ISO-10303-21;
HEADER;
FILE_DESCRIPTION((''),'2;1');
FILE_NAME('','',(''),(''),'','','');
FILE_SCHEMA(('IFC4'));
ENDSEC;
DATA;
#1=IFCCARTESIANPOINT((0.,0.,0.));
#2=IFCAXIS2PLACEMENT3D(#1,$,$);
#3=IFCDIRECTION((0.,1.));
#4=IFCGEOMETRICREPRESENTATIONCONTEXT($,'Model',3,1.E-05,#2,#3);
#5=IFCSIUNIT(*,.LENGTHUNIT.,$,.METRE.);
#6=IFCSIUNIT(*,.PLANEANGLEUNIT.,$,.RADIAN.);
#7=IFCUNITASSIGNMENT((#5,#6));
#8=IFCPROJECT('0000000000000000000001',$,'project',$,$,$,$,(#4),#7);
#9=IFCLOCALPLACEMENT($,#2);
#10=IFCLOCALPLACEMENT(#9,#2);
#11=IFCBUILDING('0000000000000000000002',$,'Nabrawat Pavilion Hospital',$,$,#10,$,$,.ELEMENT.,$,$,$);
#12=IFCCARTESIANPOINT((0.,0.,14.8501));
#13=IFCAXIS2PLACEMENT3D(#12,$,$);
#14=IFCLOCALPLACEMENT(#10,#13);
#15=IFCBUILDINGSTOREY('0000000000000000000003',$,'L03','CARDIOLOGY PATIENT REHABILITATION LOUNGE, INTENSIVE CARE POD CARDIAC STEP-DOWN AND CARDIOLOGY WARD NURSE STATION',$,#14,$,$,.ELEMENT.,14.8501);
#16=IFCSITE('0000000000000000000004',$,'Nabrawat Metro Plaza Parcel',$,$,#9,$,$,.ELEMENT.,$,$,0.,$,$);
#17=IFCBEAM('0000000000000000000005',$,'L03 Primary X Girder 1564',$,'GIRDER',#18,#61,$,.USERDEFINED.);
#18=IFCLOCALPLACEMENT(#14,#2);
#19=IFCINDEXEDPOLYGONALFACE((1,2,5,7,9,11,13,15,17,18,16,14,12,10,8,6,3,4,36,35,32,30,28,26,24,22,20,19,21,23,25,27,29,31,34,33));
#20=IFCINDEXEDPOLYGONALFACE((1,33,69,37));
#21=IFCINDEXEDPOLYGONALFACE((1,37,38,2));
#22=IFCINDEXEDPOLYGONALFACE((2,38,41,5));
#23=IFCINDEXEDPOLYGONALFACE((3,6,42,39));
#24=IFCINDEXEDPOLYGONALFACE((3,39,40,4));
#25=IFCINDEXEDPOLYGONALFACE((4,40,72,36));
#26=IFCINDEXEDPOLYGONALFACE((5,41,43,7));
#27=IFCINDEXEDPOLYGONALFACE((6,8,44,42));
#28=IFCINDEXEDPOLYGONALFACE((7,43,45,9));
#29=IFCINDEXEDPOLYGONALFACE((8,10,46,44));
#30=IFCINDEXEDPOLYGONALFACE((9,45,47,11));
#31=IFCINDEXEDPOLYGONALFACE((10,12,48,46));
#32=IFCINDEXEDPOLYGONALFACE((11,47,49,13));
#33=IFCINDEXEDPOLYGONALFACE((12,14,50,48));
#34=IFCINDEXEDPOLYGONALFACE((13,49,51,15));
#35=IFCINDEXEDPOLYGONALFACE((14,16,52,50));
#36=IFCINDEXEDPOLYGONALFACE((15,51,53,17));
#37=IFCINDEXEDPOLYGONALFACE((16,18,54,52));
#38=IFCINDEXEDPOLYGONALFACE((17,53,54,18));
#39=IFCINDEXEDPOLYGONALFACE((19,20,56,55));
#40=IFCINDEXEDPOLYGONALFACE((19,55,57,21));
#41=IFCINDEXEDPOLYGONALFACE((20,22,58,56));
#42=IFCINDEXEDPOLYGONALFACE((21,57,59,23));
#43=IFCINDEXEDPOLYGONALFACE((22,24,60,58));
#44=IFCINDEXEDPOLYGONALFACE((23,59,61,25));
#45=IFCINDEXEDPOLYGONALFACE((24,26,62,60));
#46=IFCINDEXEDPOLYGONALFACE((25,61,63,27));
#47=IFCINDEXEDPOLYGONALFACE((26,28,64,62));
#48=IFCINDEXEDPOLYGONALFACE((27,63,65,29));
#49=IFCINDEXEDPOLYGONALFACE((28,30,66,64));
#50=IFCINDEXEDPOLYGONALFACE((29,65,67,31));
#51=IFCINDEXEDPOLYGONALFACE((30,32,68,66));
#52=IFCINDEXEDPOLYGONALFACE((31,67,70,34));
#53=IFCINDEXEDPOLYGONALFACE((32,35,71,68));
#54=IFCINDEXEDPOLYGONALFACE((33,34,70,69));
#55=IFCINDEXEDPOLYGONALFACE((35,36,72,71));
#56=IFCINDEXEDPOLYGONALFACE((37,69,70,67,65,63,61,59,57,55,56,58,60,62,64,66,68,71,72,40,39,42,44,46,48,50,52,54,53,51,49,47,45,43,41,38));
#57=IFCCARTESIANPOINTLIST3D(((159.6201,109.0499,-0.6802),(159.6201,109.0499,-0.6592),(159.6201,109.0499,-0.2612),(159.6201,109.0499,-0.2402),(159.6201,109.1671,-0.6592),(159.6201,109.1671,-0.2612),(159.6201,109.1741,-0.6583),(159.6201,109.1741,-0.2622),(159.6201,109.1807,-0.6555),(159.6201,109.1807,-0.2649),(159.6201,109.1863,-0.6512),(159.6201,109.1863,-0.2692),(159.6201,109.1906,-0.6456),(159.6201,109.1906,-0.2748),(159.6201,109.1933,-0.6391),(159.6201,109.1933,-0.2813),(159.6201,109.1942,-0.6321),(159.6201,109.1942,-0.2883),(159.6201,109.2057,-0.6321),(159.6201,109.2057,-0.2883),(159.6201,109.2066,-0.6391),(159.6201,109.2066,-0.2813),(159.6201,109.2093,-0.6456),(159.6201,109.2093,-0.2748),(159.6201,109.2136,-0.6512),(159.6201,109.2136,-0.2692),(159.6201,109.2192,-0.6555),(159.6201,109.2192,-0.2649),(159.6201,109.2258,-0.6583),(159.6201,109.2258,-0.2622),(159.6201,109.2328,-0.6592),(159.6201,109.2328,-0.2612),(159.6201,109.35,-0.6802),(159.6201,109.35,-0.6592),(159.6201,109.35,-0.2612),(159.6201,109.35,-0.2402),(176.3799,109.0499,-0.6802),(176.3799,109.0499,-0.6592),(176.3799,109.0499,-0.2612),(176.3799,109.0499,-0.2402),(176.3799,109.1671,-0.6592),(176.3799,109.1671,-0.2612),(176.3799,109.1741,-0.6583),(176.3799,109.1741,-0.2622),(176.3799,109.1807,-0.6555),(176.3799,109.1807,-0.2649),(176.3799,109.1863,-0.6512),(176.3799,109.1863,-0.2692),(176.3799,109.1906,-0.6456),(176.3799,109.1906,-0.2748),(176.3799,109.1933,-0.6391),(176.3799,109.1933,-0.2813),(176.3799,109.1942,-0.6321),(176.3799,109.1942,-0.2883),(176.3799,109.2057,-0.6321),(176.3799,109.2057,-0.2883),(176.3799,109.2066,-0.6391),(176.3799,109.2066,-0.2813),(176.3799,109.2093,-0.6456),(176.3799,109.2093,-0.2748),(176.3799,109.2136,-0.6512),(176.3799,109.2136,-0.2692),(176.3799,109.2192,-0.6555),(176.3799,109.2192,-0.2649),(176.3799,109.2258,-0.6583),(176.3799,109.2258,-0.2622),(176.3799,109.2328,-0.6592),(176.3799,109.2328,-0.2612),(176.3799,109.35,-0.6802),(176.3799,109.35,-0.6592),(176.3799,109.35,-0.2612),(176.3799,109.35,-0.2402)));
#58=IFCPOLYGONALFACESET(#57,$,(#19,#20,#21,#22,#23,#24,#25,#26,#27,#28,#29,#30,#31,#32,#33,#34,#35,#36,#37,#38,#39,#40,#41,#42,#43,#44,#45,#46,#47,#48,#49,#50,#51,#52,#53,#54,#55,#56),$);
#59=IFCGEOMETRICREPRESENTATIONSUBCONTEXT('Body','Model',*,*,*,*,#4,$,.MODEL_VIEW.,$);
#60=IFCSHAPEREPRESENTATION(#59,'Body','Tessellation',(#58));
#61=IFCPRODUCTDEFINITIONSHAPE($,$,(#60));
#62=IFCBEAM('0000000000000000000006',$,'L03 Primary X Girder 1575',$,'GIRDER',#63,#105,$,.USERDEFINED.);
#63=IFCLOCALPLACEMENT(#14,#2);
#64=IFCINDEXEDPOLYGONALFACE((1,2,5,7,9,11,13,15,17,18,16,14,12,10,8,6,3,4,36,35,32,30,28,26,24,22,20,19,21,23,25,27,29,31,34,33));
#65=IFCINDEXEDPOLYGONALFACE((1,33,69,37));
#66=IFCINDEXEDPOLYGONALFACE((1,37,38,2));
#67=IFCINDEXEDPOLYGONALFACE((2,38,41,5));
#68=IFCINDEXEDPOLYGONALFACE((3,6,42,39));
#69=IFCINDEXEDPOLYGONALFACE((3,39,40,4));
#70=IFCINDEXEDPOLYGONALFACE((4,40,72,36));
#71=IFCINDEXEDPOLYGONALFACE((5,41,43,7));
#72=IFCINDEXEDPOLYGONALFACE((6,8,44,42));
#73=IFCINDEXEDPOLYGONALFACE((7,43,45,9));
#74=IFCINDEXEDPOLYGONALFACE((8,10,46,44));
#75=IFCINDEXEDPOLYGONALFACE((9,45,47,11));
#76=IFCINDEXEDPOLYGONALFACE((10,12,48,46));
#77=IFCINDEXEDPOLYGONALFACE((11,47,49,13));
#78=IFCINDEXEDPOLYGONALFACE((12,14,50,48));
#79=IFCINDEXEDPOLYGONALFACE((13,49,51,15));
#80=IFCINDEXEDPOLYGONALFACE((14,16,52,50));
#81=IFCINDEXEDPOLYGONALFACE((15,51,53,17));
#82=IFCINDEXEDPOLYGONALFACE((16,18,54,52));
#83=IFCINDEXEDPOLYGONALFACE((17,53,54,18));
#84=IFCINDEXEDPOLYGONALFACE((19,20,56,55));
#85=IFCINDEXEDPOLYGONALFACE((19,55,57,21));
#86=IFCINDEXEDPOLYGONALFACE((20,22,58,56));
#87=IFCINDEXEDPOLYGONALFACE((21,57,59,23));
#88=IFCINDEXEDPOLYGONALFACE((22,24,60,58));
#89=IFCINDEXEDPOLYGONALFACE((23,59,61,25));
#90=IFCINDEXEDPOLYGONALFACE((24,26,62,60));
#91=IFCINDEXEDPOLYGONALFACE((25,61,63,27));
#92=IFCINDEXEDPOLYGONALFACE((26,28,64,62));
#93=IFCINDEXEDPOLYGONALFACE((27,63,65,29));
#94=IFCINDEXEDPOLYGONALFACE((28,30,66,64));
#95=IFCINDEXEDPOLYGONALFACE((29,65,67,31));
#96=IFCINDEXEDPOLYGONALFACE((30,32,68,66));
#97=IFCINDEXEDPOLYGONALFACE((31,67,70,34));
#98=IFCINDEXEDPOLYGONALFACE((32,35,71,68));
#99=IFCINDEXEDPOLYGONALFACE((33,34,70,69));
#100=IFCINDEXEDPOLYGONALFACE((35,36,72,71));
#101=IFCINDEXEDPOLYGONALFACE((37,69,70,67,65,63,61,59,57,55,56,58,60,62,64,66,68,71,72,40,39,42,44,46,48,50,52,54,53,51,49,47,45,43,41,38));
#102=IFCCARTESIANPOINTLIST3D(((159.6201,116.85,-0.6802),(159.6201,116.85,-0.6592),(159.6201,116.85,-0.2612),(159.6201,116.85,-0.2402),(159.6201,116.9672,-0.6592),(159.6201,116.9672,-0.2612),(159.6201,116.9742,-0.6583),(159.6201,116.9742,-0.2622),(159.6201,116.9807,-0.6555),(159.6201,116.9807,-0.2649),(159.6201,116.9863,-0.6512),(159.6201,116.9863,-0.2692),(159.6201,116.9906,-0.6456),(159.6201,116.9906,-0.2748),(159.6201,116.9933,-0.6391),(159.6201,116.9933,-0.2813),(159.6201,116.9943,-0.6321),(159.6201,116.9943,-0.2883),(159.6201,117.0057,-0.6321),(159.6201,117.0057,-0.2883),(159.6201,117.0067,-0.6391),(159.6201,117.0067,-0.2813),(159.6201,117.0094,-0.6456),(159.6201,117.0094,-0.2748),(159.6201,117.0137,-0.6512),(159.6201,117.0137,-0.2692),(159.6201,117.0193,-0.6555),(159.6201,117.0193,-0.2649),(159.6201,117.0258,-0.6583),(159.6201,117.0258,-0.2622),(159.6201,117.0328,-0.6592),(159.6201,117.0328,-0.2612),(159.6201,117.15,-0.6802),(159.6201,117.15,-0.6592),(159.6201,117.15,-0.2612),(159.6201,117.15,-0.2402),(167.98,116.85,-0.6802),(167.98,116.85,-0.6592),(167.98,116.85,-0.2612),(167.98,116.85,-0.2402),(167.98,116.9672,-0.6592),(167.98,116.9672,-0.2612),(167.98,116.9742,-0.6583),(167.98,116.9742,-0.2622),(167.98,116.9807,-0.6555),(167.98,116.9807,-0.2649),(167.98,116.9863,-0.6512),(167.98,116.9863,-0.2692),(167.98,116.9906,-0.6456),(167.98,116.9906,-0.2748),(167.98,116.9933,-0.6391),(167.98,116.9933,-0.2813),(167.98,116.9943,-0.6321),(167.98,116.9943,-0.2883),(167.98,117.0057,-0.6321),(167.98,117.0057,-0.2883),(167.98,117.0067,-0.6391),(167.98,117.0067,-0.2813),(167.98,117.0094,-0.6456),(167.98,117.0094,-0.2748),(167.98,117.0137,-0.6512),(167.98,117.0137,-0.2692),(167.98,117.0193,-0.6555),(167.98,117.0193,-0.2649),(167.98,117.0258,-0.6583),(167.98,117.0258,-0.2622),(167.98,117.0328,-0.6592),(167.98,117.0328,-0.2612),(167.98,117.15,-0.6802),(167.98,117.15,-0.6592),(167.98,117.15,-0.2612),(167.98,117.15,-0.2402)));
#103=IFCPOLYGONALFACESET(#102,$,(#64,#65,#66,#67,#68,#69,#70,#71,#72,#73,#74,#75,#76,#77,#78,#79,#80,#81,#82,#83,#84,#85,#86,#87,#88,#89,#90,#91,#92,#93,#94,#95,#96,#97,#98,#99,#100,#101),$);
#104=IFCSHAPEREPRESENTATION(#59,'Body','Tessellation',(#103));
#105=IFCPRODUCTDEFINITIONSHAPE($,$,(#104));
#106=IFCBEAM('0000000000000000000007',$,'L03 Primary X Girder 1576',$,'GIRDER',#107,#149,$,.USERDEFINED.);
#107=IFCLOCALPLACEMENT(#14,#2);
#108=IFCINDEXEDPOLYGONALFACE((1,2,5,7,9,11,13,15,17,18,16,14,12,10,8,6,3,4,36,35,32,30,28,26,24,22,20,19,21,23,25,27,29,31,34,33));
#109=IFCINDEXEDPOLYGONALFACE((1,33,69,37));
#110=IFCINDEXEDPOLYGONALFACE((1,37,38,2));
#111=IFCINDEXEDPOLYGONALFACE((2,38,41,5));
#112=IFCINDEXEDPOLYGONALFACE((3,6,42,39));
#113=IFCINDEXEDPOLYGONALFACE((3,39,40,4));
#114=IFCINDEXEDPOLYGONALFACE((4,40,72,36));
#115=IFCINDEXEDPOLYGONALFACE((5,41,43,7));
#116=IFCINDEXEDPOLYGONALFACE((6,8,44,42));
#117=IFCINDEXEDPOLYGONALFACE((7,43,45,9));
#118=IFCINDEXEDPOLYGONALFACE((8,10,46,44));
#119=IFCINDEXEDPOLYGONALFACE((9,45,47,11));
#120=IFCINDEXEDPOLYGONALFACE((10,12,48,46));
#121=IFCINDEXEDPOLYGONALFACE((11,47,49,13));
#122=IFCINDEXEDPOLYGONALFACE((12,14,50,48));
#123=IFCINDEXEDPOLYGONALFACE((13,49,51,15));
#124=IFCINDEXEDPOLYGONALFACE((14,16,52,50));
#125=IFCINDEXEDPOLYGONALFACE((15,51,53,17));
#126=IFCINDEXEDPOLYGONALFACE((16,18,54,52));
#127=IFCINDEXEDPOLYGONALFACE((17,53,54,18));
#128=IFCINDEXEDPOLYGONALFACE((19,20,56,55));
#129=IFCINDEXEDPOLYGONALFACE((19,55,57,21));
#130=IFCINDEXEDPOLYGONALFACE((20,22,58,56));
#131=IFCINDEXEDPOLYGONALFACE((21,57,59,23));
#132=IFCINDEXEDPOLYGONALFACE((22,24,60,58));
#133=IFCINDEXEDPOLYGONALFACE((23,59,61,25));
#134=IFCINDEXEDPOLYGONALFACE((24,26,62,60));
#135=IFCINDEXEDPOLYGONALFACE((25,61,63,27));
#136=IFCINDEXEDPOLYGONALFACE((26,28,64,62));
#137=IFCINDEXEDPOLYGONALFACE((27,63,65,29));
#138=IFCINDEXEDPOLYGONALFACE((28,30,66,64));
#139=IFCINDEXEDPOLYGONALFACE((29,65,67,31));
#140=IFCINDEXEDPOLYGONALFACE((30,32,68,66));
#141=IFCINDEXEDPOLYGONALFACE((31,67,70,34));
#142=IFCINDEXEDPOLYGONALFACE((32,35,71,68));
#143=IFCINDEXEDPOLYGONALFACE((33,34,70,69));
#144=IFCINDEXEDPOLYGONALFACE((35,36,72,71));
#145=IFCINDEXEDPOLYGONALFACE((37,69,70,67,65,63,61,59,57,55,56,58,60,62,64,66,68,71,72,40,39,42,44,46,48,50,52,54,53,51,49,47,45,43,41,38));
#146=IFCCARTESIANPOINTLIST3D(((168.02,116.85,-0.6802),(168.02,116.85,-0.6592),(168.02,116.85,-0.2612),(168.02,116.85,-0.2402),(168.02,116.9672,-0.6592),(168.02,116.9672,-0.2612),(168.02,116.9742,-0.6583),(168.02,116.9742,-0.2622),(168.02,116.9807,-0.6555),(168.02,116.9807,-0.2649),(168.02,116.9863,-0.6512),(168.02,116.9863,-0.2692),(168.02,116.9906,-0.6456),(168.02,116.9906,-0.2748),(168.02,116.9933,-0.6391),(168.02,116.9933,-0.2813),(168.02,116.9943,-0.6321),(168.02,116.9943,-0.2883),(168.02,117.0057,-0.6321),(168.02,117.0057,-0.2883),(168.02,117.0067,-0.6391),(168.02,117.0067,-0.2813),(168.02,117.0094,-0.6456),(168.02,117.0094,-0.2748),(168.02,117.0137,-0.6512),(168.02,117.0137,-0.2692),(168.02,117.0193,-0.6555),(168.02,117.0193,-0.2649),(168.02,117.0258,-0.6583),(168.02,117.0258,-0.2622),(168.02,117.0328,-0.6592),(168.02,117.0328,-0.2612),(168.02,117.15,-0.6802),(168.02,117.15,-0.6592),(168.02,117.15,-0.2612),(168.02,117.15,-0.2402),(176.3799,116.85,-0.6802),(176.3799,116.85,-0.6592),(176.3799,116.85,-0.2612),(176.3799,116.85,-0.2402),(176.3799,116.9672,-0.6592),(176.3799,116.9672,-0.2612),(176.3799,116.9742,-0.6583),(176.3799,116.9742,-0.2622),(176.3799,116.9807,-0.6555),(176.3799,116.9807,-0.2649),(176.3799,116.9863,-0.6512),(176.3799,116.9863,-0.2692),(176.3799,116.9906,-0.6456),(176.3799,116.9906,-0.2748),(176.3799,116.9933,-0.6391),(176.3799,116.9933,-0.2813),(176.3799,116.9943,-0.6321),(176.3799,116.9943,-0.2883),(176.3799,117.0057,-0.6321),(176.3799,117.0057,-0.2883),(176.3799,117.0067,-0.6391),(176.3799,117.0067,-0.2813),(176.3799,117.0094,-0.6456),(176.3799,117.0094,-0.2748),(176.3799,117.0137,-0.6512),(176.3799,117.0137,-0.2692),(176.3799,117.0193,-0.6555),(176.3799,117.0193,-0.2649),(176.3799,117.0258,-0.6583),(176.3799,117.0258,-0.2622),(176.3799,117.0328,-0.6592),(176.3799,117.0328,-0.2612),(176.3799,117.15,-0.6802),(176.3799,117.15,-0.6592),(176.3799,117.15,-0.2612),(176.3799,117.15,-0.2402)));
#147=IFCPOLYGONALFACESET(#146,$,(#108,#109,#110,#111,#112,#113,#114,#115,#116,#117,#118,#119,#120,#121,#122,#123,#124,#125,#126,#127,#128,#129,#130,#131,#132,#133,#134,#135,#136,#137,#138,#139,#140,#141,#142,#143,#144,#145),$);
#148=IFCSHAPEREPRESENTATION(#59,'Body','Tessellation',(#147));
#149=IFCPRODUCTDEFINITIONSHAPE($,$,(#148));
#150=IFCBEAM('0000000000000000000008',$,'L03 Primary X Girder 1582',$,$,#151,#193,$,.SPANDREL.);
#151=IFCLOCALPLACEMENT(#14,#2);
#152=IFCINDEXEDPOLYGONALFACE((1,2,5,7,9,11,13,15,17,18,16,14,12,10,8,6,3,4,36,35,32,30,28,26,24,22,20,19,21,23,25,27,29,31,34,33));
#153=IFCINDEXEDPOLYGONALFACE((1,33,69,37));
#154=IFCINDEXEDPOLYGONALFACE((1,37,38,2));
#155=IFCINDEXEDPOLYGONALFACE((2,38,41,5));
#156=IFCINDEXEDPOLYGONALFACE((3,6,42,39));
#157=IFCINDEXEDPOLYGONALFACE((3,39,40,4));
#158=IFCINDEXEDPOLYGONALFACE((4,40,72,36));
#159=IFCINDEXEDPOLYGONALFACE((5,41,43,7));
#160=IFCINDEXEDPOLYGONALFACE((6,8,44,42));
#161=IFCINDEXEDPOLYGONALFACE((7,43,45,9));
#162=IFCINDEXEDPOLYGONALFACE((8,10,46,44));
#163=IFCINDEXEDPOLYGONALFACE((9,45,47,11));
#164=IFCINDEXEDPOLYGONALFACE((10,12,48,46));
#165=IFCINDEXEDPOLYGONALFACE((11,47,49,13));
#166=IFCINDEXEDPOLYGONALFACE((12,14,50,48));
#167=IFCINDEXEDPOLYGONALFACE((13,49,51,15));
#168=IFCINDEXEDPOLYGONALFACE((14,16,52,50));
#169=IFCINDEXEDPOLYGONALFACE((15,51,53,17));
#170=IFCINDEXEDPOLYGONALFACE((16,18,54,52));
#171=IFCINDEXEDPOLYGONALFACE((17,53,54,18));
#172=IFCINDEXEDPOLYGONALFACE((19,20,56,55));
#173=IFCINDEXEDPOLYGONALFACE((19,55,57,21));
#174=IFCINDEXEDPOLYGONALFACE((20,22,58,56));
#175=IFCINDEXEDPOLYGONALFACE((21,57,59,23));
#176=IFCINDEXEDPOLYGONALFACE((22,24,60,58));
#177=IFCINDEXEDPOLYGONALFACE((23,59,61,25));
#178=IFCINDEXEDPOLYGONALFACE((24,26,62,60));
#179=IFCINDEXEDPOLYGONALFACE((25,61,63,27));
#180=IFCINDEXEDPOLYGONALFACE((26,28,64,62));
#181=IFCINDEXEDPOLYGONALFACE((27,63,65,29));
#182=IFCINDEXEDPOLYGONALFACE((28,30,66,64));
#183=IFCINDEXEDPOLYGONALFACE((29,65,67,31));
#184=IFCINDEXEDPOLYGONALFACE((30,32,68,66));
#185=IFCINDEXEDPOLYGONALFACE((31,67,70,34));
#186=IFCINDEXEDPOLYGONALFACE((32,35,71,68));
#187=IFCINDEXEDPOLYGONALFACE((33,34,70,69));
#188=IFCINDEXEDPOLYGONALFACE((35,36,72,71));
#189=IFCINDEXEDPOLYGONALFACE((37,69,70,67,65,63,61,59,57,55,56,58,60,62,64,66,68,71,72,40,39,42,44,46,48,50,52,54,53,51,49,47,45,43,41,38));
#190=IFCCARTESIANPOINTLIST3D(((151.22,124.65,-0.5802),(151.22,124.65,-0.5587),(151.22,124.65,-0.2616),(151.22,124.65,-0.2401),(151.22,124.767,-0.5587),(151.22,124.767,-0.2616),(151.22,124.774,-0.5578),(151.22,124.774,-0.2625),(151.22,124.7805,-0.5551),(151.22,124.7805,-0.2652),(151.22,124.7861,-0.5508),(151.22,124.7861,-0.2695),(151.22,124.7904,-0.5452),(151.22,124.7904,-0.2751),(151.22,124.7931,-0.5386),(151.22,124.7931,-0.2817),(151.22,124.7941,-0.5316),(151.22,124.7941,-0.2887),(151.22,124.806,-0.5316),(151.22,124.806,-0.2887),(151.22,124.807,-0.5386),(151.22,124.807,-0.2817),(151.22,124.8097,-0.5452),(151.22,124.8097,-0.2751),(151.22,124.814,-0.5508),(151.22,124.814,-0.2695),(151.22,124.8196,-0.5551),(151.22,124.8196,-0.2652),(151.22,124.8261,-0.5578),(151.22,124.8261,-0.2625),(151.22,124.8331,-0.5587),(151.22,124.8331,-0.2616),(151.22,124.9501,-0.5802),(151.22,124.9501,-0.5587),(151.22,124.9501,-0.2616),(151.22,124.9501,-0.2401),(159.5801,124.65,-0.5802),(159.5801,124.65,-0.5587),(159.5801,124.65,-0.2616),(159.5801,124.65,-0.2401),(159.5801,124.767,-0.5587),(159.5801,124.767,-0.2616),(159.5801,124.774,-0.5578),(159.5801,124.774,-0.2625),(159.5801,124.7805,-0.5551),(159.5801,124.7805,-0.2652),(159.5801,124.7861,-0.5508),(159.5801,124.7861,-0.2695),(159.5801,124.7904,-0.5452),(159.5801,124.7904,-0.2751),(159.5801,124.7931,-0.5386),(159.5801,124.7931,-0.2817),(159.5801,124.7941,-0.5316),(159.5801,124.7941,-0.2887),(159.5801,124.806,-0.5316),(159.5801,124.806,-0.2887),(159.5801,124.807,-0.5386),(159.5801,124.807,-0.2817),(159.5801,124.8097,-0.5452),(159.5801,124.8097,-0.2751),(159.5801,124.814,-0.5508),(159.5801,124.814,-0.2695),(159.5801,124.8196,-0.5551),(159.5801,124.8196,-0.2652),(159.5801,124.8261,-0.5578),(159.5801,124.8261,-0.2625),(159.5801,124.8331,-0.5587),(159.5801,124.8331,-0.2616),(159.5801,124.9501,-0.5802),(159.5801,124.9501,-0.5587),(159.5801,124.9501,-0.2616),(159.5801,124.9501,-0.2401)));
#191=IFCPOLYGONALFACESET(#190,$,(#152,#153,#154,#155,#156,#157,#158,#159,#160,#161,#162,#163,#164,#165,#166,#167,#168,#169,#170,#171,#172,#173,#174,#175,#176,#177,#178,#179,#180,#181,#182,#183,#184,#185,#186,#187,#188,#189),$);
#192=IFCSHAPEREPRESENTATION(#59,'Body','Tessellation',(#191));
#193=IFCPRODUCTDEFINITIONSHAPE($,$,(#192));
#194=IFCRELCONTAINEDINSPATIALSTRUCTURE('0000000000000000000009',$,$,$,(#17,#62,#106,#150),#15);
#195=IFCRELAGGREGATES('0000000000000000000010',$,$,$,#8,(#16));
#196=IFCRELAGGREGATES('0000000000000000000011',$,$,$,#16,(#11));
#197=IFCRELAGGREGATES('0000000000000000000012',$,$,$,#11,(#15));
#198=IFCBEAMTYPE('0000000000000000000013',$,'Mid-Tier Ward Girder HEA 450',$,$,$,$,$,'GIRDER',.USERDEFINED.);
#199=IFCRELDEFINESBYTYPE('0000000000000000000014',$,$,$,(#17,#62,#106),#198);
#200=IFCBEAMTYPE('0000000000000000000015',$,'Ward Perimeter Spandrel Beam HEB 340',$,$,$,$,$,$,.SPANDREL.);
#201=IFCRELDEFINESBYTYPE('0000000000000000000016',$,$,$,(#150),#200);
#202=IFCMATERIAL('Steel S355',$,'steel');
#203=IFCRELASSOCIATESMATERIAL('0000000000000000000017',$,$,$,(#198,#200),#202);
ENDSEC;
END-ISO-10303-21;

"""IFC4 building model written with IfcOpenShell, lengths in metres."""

from ifc_helpers import new_model, si_unit, direction, frame, origin, origin_2d, place, context, subcontext, project, spatial, i_section, extrude, material, material_profile, profile_set, type_object, element, save


model = new_model("IFC4")

# Units and contexts
model_context = context("Model", 3, precision=1e-05, world=origin(), true_north=direction((0.0, 1.0)))
body_context = subcontext(model_context, "Body", "Model", "MODEL_VIEW")
ifc_project = project(units=[si_unit("LENGTHUNIT", "METRE"), si_unit("PLANEANGLEUNIT", "RADIAN")], contexts=[model_context])

# Site, building, storey
site_placement = place(None, origin())
site = spatial("IfcSite", under=ifc_project, at=site_placement, Name="Nabrawat Metro Plaza Parcel", CompositionType="ELEMENT", RefElevation=0.0)
building_placement = place(site_placement, origin())
building = spatial("IfcBuilding", under=site, at=building_placement, Name="Nabrawat Pavilion Hospital", CompositionType="ELEMENT")
storey_placement = place(building_placement, frame((0.0, 0.0, 14.8501)))
storey = spatial("IfcBuildingStorey", under=building, at=storey_placement, Name="L03", Description="CARDIOLOGY PATIENT REHABILITATION LOUNGE, INTENSIVE CARE POD CARDIAC STEP-DOWN AND CARDIOLOGY WARD NURSE STATION", CompositionType="ELEMENT", Elevation=14.8501)

# Shared definitions
ifc_material_1 = material(Name="Steel S355", Category="steel")

# Beams
ifc_material_profile_1 = material_profile(ifc_material_1, i_section(OverallWidth=0.3, OverallDepth=0.4399, WebThickness=0.0115, FlangeThickness=0.021, FilletRadius=0.0271, at=origin_2d()), Name="HEA 450")
ifc_profile_set_1 = profile_set([ifc_material_profile_1], Name="Steel S355")
beam_type_1 = type_object("IfcBeamType", Name="Mid-Tier Ward Girder HEA 450", ElementType="GIRDER", PredefinedType="USERDEFINED", material=ifc_profile_set_1)
beam_1_placement = place(storey_placement, frame((159.6201, 109.2, -0.4602), z_axis=(1.0, 0.0, 0.0), x_axis=(0.0, 1.0, 0.0)))
element("IfcBeam", 1, at=beam_1_placement, inside=storey, type_object=beam_type_1, Name="L03 Primary X Girder 1564", ObjectType="GIRDER", PredefinedType="USERDEFINED", context=body_context, shape_type="SweptSolid", body=[
    extrude(i_section(OverallWidth=0.3, OverallDepth=0.4399, WebThickness=0.0115, FlangeThickness=0.021, FilletRadius=0.0271, at=origin_2d()), origin(), (0.0, 0.0, 1.0), 16.7598),
])
for number, where, z_axis, x_axis, name in (
    (2, (159.6201, 117.0, -0.4602), (1.0, 0.0, 0.0), (0.0, 1.0, 0.0), "L03 Primary X Girder 1575"),
    (3, (168.02, 117.0, -0.4602), (1.0, 0.0, 0.0), (0.0, 1.0, 0.0), "L03 Primary X Girder 1576"),
):
    element("IfcBeam", number, at=place(storey_placement, frame(where, z_axis=z_axis, x_axis=x_axis)), inside=storey, type_object=beam_type_1, Name=name, ObjectType="GIRDER", PredefinedType="USERDEFINED", context=body_context, shape_type="SweptSolid", body=[
        extrude(i_section(OverallWidth=0.3, OverallDepth=0.4399, WebThickness=0.0115, FlangeThickness=0.021, FilletRadius=0.0271, at=origin_2d()), origin(), (0.0, 0.0, 1.0), 8.3599),
    ])
ifc_material_profile_2 = material_profile(ifc_material_1, i_section(OverallWidth=0.3, OverallDepth=0.3401, WebThickness=0.012, FlangeThickness=0.0215, FilletRadius=0.0271, at=origin_2d()), Name="HEB 340")
ifc_profile_set_2 = profile_set([ifc_material_profile_2], Name="Steel S355")
beam_type_2 = type_object("IfcBeamType", Name="Ward Perimeter Spandrel Beam HEB 340", PredefinedType="SPANDREL", material=ifc_profile_set_2)
beam_2_placement = place(storey_placement, frame((151.22, 124.8, -0.4102), z_axis=(1.0, 0.0, 0.0), x_axis=(0.0, 1.0, 0.0)))
element("IfcBeam", 4, at=beam_2_placement, inside=storey, type_object=beam_type_2, Name="L03 Primary X Girder 1582", PredefinedType="SPANDREL", context=body_context, shape_type="SweptSolid", body=[
    extrude(i_section(OverallWidth=0.3, OverallDepth=0.3401, WebThickness=0.012, FlangeThickness=0.0215, FilletRadius=0.0271, at=origin_2d()), origin(), (0.0, 0.0, 1.0), 8.3601),
])

save(model, "model.ifc")
